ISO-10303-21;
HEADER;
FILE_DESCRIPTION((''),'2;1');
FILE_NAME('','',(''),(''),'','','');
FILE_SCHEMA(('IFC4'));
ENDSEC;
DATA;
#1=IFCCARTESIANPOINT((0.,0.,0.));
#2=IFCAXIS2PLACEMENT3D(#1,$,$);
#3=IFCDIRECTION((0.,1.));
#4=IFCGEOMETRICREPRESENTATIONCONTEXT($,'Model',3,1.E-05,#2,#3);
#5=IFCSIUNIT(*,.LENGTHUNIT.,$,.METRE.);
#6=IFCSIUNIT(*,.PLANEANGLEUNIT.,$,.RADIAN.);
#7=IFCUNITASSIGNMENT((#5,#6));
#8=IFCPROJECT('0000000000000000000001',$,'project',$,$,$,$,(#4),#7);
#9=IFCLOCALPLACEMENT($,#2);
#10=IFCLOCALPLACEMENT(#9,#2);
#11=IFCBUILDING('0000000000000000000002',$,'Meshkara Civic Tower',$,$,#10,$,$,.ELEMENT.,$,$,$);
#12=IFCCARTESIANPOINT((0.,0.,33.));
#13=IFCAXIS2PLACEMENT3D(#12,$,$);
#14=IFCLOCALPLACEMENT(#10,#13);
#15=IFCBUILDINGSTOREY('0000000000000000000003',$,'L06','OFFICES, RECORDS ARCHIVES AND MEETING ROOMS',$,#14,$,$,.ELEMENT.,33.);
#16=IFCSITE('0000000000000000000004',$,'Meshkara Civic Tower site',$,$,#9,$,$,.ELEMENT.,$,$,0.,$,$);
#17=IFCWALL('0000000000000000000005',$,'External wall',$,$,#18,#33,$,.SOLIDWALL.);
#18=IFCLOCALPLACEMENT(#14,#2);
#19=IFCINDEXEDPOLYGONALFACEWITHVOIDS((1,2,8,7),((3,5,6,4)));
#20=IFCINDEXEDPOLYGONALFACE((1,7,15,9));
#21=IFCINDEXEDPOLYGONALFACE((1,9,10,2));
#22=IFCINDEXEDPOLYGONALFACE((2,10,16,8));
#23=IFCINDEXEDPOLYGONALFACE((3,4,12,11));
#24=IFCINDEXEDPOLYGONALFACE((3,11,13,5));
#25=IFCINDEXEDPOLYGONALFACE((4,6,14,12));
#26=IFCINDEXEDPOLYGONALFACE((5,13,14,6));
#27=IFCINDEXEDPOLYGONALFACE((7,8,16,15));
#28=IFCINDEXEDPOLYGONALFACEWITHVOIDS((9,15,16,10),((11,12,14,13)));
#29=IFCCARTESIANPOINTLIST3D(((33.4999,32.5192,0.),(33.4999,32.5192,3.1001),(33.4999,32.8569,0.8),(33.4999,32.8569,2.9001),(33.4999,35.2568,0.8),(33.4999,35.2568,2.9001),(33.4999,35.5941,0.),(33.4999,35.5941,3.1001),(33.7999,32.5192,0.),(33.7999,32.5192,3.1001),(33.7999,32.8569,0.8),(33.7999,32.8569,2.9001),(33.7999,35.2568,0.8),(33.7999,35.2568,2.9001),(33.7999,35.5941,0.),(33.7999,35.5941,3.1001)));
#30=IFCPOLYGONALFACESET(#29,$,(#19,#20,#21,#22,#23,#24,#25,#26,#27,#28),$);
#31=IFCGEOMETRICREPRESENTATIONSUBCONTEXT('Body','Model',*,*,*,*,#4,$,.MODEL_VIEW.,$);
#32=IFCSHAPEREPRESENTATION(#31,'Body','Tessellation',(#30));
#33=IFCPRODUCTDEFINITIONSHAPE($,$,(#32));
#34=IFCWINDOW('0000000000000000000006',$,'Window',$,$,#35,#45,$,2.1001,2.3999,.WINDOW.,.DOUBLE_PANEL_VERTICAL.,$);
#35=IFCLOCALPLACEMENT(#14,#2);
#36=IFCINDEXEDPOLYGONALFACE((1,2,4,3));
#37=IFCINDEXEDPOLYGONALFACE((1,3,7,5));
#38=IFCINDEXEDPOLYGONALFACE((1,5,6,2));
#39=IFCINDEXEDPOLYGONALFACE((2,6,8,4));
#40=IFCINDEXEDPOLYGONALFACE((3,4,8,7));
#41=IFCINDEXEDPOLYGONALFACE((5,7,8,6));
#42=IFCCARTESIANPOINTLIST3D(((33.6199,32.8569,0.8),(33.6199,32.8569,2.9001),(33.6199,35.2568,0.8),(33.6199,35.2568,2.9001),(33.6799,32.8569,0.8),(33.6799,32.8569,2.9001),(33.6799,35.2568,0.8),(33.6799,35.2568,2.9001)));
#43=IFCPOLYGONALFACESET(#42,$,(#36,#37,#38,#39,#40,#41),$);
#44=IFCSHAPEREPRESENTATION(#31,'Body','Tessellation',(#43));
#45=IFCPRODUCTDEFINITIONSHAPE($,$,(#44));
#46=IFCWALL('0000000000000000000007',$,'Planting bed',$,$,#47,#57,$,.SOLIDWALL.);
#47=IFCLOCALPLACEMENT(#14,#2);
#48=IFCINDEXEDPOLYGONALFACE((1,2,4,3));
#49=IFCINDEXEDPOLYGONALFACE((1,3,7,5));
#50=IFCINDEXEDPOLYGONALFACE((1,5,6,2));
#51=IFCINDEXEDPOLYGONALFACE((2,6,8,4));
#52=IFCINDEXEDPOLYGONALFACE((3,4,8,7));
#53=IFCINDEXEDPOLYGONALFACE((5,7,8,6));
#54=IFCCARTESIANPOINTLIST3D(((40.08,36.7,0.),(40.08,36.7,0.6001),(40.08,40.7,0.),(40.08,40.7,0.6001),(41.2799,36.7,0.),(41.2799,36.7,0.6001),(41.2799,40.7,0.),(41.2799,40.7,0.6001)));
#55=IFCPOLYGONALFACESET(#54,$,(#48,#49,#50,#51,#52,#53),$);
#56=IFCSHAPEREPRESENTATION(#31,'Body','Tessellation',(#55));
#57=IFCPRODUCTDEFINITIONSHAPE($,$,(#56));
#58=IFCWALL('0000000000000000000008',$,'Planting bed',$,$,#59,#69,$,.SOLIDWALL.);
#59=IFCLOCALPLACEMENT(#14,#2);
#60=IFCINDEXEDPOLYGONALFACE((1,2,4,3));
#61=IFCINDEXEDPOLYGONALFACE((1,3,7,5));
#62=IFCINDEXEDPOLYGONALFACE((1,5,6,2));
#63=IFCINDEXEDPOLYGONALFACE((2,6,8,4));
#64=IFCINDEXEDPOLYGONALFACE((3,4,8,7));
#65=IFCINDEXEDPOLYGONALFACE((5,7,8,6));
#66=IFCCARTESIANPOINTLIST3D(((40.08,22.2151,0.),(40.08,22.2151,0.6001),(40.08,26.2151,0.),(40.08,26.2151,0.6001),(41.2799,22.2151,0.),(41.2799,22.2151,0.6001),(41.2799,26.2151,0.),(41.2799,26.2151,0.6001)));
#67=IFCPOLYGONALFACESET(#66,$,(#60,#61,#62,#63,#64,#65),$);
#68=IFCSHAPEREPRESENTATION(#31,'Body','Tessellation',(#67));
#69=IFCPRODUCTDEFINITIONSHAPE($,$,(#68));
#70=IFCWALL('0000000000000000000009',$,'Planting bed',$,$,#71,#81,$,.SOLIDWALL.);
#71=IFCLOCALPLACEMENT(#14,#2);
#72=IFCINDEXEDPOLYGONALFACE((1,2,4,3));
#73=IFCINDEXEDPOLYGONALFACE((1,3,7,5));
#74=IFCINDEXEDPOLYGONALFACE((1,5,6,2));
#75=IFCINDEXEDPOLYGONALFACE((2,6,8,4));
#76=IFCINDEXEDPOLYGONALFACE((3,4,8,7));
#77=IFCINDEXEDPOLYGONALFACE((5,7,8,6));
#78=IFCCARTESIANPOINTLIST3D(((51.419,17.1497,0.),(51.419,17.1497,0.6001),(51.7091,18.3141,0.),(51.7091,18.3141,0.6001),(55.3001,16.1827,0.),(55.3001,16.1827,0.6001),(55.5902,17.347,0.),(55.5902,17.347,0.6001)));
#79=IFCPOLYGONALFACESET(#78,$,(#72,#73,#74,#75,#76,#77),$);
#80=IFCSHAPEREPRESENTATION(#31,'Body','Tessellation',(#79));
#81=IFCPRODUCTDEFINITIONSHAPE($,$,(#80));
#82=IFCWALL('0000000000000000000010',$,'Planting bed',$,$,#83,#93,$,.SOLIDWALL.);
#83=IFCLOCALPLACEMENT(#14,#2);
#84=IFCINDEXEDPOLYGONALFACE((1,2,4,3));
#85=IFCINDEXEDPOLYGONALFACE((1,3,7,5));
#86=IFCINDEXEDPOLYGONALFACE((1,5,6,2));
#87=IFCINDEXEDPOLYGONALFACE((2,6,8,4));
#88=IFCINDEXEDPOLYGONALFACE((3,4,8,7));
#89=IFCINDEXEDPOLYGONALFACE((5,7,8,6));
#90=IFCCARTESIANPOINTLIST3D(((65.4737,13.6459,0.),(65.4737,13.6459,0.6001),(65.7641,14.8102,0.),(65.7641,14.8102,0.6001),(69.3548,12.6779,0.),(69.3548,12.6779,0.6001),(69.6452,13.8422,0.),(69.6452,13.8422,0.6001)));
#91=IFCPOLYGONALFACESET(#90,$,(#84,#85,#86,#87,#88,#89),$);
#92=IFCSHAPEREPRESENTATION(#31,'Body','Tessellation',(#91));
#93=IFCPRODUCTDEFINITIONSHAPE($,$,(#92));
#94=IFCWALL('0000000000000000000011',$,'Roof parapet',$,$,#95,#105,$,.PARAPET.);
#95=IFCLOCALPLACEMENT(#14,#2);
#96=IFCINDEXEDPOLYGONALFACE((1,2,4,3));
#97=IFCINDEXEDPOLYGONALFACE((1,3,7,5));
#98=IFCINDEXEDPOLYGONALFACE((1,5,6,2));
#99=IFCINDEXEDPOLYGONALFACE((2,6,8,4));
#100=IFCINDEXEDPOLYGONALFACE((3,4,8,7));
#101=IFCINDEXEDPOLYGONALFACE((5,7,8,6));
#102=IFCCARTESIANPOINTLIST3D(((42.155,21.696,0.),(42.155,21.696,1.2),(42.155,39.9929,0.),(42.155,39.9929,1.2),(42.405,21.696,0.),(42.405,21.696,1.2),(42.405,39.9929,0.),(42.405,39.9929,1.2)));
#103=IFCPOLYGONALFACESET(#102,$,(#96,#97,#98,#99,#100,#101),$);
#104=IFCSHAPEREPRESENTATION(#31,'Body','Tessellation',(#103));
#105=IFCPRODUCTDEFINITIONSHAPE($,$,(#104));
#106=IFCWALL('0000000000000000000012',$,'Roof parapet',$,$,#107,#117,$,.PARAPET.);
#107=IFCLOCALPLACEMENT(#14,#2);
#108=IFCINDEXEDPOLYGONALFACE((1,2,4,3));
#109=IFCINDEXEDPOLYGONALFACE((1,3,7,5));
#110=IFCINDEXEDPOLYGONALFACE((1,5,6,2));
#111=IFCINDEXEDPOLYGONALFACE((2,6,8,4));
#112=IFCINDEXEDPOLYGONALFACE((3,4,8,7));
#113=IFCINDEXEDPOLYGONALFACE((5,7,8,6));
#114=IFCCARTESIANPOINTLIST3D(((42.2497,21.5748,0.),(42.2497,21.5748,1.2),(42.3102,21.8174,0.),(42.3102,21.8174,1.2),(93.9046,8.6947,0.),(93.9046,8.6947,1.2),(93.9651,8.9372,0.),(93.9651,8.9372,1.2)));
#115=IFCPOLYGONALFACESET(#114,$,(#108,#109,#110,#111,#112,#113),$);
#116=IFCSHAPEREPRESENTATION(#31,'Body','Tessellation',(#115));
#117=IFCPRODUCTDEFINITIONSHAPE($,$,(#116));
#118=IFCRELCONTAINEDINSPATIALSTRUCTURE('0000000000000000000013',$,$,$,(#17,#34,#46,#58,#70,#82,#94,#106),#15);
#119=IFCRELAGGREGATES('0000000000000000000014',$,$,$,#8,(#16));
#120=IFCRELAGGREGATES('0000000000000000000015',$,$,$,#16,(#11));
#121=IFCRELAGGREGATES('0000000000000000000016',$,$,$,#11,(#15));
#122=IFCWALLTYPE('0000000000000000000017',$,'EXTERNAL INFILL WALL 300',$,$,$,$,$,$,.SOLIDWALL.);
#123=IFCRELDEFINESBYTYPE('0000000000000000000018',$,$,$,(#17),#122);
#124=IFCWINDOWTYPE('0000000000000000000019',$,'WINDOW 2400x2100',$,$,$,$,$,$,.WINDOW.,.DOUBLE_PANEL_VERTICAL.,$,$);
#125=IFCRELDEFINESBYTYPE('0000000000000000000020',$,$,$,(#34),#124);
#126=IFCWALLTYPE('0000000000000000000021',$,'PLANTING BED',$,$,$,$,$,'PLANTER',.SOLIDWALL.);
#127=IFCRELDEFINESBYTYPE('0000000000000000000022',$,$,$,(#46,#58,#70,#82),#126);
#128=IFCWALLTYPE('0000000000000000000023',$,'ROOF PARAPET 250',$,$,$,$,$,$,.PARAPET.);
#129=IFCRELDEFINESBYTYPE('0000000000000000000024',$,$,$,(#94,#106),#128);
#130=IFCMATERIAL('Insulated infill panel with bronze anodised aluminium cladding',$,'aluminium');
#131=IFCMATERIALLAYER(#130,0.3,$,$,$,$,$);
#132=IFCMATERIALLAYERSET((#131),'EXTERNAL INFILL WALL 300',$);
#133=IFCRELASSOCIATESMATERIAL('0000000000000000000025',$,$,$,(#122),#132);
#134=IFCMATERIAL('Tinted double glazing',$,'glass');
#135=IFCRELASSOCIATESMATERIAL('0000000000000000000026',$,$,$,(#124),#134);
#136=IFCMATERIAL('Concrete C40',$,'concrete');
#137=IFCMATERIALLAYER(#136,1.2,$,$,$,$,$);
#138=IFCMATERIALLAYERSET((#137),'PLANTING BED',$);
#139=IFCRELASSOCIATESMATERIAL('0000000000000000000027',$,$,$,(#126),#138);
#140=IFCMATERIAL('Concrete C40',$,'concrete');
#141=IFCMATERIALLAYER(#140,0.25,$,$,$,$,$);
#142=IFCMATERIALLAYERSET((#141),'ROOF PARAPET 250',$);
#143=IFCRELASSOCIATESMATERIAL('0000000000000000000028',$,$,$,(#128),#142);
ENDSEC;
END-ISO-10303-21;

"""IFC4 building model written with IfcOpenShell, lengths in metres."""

from ifc_helpers import new_model, si_unit, direction, frame, frame_2d, origin, place, context, subcontext, project, spatial, rectangle, extrude, material, layer, layer_set, type_object, element, fill, save


model = new_model("IFC4")

# Units and contexts
model_context = context("Model", 3, precision=1e-05, world=origin(), true_north=direction((0.0, 1.0)))
body_context = subcontext(model_context, "Body", "Model", "MODEL_VIEW")
ifc_project = project(units=[si_unit("LENGTHUNIT", "METRE"), si_unit("PLANEANGLEUNIT", "RADIAN")], contexts=[model_context])

# Site, building, storey
site_placement = place(None, origin())
site = spatial("IfcSite", under=ifc_project, at=site_placement, Name="Meshkara Civic Tower site", CompositionType="ELEMENT", RefElevation=0.0)
building_placement = place(site_placement, origin())
building = spatial("IfcBuilding", under=site, at=building_placement, Name="Meshkara Civic Tower", CompositionType="ELEMENT")
storey_placement = place(building_placement, frame((0.0, 0.0, 33.0)))
storey = spatial("IfcBuildingStorey", under=building, at=storey_placement, Name="L06", Description="OFFICES, RECORDS ARCHIVES AND MEETING ROOMS", CompositionType="ELEMENT", Elevation=33.0)

# Wall, opening, window
ifc_material_1 = material(Name="Insulated infill panel with bronze anodised aluminium cladding", Category="aluminium")
ifc_layer_1 = layer(ifc_material_1, 0.3)
ifc_layer_set_1 = layer_set([ifc_layer_1], Name="EXTERNAL INFILL WALL 300")
wall_type_1 = type_object("IfcWallType", Name="EXTERNAL INFILL WALL 300", PredefinedType="SOLIDWALL", material=ifc_layer_set_1)
ifc_material_2 = material(Name="Tinted double glazing", Category="glass")
window_type = type_object("IfcWindowType", Name="WINDOW 2400x2100", PartitioningType="DOUBLE_PANEL_VERTICAL", PredefinedType="WINDOW", material=ifc_material_2)
wall_1_placement = place(storey_placement, frame((33.6499, 32.519, 0.0), z_axis=(0.0, 0.0, 1.0), x_axis=(0.0, 1.0, 0.0)))
wall_1 = element("IfcWall", 1, at=wall_1_placement, inside=storey, type_object=wall_type_1, Name="External wall", PredefinedType="SOLIDWALL", context=body_context, shape_type="SweptSolid", body=[
    extrude(rectangle(XDim=3.075, YDim=0.3, at=frame_2d((1.5376, 0.0))), origin(), (0.0, 0.0, 1.0), 3.1001),
])
opening_1_placement = place(wall_1_placement, frame((0.3379, 0.0, 0.8)))
opening_1 = element("IfcOpeningElement", 2, at=opening_1_placement, cuts=wall_1, PredefinedType="OPENING", context=body_context, shape_type="SweptSolid", body=[
    extrude(rectangle(XDim=2.3999, YDim=2.1001, at=frame_2d((1.2, 1.05))), frame((0.0, 0.1599, 0.0), z_axis=(0.0, -1.0, 0.0), x_axis=(1.0, 0.0, 0.0)), (0.0, 0.0, 1.0), 0.3201),
])
window_1_placement = place(opening_1_placement, origin())
window_1 = element("IfcWindow", 3, at=window_1_placement, inside=storey, type_object=window_type, Name="Window", OverallHeight=2.1001, OverallWidth=2.3999, PartitioningType="DOUBLE_PANEL_VERTICAL", PredefinedType="WINDOW", context=body_context, shape_type="SweptSolid", body=[
    extrude(rectangle(XDim=2.3999, YDim=2.1001, at=frame_2d((1.2, 1.05))), frame((0.0, 0.03, 0.0), z_axis=(0.0, -1.0, 0.0), x_axis=(1.0, 0.0, 0.0)), (0.0, 0.0, 1.0), 0.0601),
])
fill(opening_1, window_1)

# Walls
ifc_material_3 = material(Name="Concrete C40", Category="concrete")
ifc_layer_2 = layer(ifc_material_3, 1.2)
ifc_layer_set_2 = layer_set([ifc_layer_2], Name="PLANTING BED")
wall_type_2 = type_object("IfcWallType", Name="PLANTING BED", ElementType="PLANTER", PredefinedType="SOLIDWALL", material=ifc_layer_set_2)
for number, where, z_axis, x_axis, name in (
    (4, (40.6799, 40.7, 0.0), (0.0, 0.0, 1.0), (0.0, -1.0, 0.0), "Planting bed"),
    (5, (40.6799, 26.2151, 0.0), (0.0, 0.0, 1.0), (0.0, -1.0, 0.0), "Planting bed"),
):
    element("IfcWall", number, at=place(storey_placement, frame(where, z_axis=z_axis, x_axis=x_axis)), inside=storey, type_object=wall_type_2, Name=name, PredefinedType="SOLIDWALL", context=body_context, shape_type="SweptSolid", body=[
        extrude(rectangle(XDim=4.0, YDim=1.2, at=frame_2d((2.0, 0.0))), origin(), (0.0, 0.0, 1.0), 0.6001),
    ])
wall_2_placement = place(storey_placement, frame((51.564, 17.7319, 0.0), z_axis=(0.0, 0.0, 1.0), x_axis=(0.970332, -0.241774, 0.0)))
element("IfcWall", 6, at=wall_2_placement, inside=storey, type_object=wall_type_2, Name="Planting bed", PredefinedType="SOLIDWALL", context=body_context, shape_type="SweptSolid", body=[
    extrude(rectangle(XDim=3.9998, YDim=1.2, at=frame_2d((2.0, 0.0))), origin(), (0.0, 0.0, 1.0), 0.6001),
])
wall_3_placement = place(storey_placement, frame((65.6189, 14.228, 0.0), z_axis=(0.0, 0.0, 1.0), x_axis=(0.970275, -0.242004, 0.0)))
element("IfcWall", 7, at=wall_3_placement, inside=storey, type_object=wall_type_2, Name="Planting bed", PredefinedType="SOLIDWALL", context=body_context, shape_type="SweptSolid", body=[
    extrude(rectangle(XDim=4.0, YDim=1.2, at=frame_2d((2.0, 0.0))), origin(), (0.0, 0.0, 1.0), 0.6001),
])
ifc_material_4 = material(Name="Concrete C40", Category="concrete")
ifc_layer_3 = layer(ifc_material_4, 0.25)
ifc_layer_set_3 = layer_set([ifc_layer_3], Name="ROOF PARAPET 250")
wall_type_3 = type_object("IfcWallType", Name="ROOF PARAPET 250", PredefinedType="PARAPET", material=ifc_layer_set_3)
wall_4_placement = place(storey_placement, frame((42.28, 39.9929, 0.0), z_axis=(0.0, 0.0, 1.0), x_axis=(0.0, -1.0, 0.0)))
element("IfcWall", 8, at=wall_4_placement, inside=storey, type_object=wall_type_3, Name="Roof parapet", PredefinedType="PARAPET", context=body_context, shape_type="SweptSolid", body=[
    extrude(rectangle(XDim=18.2969, YDim=0.25, at=frame_2d((9.1484, 0.0))), origin(), (0.0, 0.0, 1.0), 1.2),
])
wall_5_placement = place(storey_placement, frame((42.28, 21.696, 0.0), z_axis=(0.0, 0.0, 1.0), x_axis=(0.970291, -0.241941, 0.0)))
element("IfcWall", 9, at=wall_5_placement, inside=storey, type_object=wall_type_3, Name="Roof parapet", PredefinedType="PARAPET", context=body_context, shape_type="SweptSolid", body=[
    extrude(rectangle(XDim=53.2366, YDim=0.25, at=frame_2d((26.6182, 0.0))), origin(), (0.0, 0.0, 1.0), 1.2),
])

save(model, "model.ifc")
